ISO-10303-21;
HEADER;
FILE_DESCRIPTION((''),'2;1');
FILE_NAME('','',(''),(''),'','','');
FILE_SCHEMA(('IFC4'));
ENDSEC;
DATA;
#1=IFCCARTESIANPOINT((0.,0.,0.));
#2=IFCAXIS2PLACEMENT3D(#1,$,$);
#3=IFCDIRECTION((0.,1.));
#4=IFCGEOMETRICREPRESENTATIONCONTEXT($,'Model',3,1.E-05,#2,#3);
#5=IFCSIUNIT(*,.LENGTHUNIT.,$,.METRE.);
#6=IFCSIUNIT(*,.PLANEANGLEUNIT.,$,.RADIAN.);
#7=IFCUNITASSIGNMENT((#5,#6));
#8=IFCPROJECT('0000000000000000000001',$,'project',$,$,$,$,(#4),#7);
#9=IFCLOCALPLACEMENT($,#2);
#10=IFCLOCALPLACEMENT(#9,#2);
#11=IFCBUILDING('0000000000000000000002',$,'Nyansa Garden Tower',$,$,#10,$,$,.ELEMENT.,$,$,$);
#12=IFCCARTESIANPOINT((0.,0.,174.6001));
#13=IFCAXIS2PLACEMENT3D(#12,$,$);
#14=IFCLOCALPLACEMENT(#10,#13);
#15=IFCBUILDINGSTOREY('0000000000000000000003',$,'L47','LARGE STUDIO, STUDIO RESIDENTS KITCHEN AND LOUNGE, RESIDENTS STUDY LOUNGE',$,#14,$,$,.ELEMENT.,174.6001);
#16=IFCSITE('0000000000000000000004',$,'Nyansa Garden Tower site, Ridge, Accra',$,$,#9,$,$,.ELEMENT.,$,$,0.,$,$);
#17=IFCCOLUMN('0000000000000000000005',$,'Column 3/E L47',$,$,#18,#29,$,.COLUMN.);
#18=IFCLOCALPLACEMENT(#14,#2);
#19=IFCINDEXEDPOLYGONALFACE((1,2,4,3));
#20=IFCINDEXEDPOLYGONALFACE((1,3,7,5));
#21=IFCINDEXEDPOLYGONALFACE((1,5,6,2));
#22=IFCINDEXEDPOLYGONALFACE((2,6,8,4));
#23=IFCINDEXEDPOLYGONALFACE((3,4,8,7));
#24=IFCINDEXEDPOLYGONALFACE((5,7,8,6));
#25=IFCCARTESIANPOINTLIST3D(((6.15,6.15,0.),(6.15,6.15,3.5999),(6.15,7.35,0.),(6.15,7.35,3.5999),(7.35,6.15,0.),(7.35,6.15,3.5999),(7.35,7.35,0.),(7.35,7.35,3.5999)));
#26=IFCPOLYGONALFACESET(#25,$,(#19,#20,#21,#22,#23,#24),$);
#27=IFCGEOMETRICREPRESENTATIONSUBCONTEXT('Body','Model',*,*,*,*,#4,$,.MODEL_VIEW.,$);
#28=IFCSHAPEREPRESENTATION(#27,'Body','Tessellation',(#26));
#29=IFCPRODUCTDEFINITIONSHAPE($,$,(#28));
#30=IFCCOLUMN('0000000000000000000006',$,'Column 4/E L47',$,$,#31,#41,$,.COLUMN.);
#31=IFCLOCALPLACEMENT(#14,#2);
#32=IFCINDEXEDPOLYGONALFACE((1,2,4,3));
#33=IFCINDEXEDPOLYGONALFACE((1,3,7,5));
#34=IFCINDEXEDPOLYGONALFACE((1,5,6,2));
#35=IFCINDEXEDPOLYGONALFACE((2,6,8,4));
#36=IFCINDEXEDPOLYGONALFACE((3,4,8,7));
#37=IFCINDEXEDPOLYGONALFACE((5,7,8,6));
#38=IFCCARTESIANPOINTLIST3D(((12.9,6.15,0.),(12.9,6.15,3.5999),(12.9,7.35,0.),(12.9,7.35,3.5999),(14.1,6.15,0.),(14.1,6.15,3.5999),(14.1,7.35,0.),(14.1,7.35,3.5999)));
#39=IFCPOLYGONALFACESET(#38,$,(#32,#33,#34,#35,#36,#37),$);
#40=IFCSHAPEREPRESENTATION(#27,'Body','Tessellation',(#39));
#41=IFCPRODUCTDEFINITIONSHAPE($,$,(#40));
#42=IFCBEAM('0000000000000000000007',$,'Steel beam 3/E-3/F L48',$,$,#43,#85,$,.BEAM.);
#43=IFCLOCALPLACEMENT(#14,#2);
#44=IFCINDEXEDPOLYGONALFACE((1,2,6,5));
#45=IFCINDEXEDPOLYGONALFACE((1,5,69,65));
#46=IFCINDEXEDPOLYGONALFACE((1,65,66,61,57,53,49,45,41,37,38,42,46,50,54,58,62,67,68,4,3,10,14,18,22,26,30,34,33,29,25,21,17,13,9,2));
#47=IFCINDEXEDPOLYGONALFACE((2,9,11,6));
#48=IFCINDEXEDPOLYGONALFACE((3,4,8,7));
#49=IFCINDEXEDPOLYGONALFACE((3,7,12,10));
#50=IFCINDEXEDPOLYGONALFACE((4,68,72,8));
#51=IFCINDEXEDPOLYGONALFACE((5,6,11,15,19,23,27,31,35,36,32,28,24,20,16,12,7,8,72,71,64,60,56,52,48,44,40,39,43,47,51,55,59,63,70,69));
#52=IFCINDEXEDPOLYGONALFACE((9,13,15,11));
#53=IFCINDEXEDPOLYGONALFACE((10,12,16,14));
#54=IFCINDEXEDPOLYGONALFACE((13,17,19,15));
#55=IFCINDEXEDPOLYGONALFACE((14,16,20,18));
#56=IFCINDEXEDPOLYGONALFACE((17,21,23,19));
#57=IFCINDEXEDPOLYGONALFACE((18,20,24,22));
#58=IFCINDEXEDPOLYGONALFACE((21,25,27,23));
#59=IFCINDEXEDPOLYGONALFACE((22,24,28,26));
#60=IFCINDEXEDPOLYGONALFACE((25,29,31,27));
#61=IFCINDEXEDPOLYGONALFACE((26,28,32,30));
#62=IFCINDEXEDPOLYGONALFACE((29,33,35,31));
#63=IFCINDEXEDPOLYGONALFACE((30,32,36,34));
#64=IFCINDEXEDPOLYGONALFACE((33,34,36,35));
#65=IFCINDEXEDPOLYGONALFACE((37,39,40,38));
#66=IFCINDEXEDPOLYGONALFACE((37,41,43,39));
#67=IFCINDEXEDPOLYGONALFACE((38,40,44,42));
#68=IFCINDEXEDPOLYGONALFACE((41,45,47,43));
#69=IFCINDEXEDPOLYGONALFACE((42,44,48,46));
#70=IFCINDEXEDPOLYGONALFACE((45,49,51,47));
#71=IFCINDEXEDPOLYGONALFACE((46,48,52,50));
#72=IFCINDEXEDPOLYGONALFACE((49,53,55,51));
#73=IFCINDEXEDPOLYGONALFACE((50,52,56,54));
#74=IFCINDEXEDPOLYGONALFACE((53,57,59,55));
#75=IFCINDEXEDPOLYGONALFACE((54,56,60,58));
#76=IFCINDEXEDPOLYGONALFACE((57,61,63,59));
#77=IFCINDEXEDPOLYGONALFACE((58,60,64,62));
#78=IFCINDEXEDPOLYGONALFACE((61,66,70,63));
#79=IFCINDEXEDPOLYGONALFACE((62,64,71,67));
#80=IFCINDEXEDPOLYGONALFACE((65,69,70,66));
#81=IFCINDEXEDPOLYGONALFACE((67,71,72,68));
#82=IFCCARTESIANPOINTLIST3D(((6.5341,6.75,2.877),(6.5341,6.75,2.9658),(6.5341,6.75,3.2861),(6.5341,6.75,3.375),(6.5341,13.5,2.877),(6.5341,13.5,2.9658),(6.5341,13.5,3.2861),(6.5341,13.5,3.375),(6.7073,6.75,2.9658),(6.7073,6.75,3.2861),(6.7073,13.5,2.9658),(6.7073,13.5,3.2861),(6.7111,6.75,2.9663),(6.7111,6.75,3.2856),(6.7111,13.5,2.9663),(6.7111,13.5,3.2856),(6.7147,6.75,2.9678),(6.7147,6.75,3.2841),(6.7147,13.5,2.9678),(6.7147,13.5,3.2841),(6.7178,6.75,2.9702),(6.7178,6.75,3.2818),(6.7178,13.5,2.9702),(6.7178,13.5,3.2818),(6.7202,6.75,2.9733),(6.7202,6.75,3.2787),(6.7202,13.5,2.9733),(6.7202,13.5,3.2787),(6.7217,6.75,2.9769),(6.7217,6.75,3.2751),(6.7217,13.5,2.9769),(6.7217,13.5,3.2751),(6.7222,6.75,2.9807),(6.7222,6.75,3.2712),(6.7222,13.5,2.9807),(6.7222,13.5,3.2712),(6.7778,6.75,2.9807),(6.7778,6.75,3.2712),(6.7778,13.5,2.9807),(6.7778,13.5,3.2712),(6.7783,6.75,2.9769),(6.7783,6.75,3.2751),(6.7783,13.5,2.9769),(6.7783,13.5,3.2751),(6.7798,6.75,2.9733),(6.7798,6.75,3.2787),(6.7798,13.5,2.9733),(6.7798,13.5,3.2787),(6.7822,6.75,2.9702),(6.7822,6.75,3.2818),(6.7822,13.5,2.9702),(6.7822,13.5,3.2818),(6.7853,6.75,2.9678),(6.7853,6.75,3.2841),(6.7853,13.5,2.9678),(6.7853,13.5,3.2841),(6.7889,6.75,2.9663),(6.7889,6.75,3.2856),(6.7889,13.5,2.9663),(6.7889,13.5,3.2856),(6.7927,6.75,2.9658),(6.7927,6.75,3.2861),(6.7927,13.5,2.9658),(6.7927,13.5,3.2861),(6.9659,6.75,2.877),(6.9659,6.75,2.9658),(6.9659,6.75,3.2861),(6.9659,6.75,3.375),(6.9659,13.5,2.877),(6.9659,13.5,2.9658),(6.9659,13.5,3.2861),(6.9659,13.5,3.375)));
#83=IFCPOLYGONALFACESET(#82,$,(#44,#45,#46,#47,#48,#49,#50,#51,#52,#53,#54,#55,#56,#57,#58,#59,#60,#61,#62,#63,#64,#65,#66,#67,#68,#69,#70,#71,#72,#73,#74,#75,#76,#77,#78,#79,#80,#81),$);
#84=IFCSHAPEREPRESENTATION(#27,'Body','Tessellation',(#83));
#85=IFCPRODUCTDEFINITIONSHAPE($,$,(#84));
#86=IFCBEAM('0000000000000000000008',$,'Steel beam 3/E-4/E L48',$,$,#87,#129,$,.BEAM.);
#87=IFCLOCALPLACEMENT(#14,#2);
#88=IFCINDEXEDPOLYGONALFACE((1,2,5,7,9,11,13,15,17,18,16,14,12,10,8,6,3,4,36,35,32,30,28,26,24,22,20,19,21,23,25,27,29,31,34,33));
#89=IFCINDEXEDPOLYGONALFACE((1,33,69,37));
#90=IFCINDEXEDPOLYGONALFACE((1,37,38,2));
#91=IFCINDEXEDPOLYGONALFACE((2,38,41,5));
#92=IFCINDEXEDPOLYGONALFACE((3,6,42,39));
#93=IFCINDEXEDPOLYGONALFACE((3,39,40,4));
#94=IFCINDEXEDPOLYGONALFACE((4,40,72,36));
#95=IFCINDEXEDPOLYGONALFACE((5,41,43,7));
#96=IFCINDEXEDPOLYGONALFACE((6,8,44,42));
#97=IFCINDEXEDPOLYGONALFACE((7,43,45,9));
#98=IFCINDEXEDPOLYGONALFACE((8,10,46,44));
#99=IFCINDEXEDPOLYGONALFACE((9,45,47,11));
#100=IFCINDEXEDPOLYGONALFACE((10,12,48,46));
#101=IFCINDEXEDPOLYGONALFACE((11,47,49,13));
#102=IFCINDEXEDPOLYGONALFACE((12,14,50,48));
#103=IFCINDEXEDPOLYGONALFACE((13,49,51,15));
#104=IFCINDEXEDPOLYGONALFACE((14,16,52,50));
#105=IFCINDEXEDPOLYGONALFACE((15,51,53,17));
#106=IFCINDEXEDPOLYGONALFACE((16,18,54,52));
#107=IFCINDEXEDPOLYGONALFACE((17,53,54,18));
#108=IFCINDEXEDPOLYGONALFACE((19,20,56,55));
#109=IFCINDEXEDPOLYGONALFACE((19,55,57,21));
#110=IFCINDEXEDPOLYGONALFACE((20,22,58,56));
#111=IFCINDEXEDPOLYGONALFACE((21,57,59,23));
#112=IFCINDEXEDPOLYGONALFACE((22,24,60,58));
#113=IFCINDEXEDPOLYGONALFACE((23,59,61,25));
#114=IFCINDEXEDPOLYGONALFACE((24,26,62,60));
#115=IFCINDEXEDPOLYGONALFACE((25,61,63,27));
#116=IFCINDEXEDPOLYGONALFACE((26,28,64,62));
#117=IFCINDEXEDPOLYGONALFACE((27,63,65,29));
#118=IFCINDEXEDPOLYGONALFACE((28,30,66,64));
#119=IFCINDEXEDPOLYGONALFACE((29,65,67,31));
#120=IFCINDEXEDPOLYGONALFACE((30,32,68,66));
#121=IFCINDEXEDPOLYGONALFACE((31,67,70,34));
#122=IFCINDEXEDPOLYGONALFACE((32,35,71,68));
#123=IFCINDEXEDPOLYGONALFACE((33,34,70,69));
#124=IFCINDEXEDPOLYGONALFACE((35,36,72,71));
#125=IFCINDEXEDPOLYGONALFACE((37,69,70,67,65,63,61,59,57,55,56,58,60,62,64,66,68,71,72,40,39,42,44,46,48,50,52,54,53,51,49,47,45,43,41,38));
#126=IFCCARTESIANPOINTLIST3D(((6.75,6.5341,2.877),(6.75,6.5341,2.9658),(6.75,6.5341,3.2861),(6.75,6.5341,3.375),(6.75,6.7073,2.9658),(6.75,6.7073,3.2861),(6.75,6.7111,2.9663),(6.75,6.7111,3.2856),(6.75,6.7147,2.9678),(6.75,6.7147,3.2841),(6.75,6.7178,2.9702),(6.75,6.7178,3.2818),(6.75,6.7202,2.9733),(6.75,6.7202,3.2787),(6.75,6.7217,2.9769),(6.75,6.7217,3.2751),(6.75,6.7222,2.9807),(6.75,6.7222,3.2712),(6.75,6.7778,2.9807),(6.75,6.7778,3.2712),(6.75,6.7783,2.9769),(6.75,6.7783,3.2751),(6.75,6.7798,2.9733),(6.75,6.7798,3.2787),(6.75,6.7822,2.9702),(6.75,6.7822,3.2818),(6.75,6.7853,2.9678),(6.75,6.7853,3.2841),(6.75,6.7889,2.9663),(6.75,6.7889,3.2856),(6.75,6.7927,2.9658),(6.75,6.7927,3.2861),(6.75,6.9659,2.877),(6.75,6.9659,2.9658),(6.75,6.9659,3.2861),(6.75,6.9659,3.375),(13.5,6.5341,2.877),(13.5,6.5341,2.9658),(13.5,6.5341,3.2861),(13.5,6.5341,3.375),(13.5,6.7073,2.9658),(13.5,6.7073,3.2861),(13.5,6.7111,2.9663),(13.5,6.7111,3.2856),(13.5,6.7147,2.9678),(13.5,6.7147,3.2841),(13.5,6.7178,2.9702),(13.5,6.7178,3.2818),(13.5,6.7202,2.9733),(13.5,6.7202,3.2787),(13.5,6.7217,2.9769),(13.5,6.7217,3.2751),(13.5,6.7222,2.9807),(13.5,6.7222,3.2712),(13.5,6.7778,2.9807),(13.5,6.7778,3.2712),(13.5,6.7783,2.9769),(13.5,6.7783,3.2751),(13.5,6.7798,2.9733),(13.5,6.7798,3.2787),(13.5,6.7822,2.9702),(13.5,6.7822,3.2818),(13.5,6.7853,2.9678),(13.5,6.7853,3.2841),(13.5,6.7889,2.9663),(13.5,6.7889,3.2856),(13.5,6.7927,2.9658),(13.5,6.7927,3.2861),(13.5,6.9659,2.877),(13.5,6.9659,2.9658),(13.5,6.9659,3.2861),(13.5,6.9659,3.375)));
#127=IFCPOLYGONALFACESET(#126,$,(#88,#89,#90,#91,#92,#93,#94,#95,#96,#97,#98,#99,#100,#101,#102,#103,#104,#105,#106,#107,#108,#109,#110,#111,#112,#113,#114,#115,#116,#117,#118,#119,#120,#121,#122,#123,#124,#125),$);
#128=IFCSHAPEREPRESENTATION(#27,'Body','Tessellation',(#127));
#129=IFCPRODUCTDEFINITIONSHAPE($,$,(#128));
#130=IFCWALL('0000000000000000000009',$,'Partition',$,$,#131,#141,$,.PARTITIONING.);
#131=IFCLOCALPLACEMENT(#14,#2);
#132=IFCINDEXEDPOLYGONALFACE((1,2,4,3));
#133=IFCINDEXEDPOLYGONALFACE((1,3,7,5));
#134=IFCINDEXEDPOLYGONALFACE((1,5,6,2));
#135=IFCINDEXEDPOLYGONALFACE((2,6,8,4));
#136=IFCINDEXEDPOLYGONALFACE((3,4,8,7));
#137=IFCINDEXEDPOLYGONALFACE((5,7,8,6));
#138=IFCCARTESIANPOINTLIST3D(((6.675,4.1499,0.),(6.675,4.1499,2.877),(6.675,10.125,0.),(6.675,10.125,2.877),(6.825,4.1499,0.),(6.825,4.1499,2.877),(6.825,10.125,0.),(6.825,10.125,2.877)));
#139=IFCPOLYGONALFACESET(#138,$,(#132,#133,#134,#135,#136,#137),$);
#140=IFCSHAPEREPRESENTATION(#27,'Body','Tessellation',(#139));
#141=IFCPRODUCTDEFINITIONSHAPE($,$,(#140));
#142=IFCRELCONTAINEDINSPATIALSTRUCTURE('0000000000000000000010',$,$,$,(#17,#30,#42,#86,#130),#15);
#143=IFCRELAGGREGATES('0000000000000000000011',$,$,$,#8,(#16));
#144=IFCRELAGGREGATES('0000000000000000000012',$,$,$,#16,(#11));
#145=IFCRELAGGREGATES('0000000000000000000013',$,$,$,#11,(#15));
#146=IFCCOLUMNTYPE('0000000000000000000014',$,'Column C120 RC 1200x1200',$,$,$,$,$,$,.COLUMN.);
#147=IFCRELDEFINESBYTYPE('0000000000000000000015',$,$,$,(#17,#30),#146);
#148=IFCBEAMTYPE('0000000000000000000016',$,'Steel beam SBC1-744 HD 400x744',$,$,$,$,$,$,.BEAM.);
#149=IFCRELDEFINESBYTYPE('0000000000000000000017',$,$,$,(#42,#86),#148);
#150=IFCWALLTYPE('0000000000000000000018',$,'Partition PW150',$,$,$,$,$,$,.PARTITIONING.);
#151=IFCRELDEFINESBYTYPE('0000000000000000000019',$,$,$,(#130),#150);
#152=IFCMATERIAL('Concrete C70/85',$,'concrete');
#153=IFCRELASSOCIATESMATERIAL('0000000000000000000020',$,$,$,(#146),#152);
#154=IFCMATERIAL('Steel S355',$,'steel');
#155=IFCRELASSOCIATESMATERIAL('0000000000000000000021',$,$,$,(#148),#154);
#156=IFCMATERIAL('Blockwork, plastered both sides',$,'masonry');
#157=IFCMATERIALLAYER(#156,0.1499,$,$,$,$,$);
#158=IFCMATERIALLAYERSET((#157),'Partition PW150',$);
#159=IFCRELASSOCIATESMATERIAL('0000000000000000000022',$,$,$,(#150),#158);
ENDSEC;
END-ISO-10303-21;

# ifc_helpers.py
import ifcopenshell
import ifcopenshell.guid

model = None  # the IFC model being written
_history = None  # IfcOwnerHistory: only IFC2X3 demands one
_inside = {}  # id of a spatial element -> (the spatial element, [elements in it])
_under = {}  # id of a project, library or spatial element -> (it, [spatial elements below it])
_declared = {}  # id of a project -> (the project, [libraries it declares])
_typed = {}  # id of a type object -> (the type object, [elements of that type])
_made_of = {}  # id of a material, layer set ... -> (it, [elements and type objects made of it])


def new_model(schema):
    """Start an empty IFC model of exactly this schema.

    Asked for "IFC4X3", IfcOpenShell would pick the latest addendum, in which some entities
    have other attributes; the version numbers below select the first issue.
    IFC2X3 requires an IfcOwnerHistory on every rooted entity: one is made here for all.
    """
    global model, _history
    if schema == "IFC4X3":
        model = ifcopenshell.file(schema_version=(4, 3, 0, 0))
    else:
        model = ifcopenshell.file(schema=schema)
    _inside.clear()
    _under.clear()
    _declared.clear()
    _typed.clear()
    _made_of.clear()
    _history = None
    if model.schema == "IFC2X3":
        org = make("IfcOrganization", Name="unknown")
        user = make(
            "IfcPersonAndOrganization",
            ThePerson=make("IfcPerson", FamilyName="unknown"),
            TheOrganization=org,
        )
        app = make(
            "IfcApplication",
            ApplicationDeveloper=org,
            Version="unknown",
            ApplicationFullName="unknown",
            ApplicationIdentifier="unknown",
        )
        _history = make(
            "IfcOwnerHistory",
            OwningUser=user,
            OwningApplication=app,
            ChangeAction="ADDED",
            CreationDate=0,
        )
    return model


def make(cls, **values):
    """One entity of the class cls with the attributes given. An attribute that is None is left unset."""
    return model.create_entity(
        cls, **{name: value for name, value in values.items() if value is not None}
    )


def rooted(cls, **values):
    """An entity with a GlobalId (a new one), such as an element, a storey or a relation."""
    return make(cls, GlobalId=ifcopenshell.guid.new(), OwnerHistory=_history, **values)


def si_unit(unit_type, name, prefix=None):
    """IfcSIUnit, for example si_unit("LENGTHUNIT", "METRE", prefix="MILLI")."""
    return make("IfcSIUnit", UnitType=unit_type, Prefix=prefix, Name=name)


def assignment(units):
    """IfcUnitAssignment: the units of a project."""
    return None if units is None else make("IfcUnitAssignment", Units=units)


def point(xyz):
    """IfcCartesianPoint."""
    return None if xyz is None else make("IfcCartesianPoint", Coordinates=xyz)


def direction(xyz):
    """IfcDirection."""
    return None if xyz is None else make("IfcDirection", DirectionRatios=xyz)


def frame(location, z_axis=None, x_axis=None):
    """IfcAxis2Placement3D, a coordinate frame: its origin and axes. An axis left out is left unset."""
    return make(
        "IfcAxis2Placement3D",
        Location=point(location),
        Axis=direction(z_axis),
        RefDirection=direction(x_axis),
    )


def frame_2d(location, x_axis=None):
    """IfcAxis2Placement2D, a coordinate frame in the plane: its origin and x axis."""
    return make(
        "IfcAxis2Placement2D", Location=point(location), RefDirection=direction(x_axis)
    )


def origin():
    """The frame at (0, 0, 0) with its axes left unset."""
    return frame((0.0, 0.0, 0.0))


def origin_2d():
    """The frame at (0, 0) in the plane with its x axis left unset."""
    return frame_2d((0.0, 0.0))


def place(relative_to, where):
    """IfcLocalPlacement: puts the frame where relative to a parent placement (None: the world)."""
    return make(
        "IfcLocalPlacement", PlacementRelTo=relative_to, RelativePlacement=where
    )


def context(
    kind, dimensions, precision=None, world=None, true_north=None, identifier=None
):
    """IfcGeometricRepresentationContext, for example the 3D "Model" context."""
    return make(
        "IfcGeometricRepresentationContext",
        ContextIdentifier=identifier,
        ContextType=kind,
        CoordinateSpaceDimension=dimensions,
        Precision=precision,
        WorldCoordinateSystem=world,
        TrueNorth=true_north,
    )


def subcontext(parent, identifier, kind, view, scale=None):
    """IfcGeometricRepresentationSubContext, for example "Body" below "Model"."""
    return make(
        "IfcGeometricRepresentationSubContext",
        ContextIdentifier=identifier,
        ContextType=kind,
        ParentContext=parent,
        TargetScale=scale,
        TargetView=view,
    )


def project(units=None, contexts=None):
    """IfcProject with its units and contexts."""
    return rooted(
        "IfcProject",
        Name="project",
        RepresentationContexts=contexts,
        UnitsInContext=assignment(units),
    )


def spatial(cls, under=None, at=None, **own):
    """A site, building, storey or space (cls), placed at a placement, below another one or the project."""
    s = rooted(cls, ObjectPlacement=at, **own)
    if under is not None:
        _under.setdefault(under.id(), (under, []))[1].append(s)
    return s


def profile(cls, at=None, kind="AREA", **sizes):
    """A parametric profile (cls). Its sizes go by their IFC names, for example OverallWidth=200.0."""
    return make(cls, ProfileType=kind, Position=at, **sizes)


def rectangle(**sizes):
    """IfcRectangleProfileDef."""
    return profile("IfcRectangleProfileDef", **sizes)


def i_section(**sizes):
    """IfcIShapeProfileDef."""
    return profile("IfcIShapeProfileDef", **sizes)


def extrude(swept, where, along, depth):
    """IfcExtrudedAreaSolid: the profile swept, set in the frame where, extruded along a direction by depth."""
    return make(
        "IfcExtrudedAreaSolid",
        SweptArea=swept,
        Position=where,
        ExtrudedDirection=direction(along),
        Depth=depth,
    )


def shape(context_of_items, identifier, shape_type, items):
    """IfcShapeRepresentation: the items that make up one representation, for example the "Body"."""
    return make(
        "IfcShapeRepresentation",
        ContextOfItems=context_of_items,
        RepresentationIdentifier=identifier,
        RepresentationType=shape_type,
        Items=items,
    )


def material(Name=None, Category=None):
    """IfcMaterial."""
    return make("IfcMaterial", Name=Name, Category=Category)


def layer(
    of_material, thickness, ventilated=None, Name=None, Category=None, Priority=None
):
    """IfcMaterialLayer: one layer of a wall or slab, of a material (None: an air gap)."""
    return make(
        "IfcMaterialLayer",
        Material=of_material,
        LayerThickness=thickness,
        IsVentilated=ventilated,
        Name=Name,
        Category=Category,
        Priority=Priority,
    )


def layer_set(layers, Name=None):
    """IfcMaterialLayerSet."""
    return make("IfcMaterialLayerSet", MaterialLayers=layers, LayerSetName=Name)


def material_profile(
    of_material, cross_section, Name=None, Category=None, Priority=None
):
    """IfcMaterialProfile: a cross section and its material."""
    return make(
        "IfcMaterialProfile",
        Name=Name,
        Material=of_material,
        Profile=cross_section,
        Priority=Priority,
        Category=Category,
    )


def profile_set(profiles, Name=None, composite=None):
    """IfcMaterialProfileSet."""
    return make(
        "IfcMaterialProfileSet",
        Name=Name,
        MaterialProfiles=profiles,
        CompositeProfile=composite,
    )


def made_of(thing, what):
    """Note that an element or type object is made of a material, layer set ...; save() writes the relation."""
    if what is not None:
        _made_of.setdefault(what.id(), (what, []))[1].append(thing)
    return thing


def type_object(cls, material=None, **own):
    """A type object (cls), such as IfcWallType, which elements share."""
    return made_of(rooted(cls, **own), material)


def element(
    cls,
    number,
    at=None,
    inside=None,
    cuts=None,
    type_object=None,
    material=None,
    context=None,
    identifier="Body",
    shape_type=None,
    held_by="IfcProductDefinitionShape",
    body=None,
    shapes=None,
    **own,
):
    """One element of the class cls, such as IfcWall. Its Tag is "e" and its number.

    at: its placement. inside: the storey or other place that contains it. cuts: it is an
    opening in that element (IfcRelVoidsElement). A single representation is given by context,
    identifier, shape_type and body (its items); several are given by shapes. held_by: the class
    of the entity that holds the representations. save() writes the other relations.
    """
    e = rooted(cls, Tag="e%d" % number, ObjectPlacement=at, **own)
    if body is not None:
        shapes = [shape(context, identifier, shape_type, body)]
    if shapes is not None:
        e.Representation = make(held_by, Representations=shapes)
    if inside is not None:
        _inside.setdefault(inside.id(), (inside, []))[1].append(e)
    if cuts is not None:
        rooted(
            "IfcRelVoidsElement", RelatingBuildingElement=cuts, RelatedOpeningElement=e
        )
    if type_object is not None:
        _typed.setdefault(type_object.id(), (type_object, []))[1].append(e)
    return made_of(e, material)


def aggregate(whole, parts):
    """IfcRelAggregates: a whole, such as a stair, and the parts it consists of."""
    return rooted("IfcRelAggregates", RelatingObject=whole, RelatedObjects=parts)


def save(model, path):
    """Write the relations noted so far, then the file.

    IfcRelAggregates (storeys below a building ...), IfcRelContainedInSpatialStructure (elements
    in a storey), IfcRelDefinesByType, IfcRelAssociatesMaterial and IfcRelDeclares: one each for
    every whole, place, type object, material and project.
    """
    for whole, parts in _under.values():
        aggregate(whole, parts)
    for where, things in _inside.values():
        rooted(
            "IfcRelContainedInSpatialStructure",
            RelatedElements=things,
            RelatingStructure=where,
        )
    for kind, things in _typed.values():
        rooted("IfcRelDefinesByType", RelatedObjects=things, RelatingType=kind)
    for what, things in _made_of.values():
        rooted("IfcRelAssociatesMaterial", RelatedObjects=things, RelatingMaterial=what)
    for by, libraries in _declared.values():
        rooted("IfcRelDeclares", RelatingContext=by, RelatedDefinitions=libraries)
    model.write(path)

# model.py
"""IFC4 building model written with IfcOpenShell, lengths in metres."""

from ifc_helpers import new_model, si_unit, direction, frame, frame_2d, origin, origin_2d, place, context, subcontext, project, spatial, rectangle, i_section, extrude, material, layer, layer_set, material_profile, profile_set, type_object, element, save


model = new_model("IFC4")

# Units and contexts
model_context = context("Model", 3, precision=1e-05, world=origin(), true_north=direction((0.0, 1.0)))
body_context = subcontext(model_context, "Body", "Model", "MODEL_VIEW")
ifc_project = project(units=[si_unit("LENGTHUNIT", "METRE"), si_unit("PLANEANGLEUNIT", "RADIAN")], contexts=[model_context])

# Site, building, storey
site_placement = place(None, origin())
site = spatial("IfcSite", under=ifc_project, at=site_placement, Name="Nyansa Garden Tower site, Ridge, Accra", CompositionType="ELEMENT", RefElevation=0.0)
building_placement = place(site_placement, origin())
building = spatial("IfcBuilding", under=site, at=building_placement, Name="Nyansa Garden Tower", CompositionType="ELEMENT")
storey_placement = place(building_placement, frame((0.0, 0.0, 174.6001)))
storey = spatial("IfcBuildingStorey", under=building, at=storey_placement, Name="L47", Description="LARGE STUDIO, STUDIO RESIDENTS KITCHEN AND LOUNGE, RESIDENTS STUDY LOUNGE", CompositionType="ELEMENT", Elevation=174.6001)

# Columns
ifc_material_1 = material(Name="Concrete C70/85", Category="concrete")
ifc_material_profile_1 = material_profile(ifc_material_1, rectangle(XDim=1.2, YDim=1.2, at=origin_2d()), Name="RC 1200x1200")
ifc_profile_set_1 = profile_set([ifc_material_profile_1], Name="Concrete C70/85")
column_type = type_object("IfcColumnType", Name="Column C120 RC 1200x1200", PredefinedType="COLUMN", material=ifc_profile_set_1)
for number, where, z_axis, x_axis, name in (
    (1, (6.75, 6.75, 0.0), (0.0, 0.0, 1.0), (1.0, 0.0, 0.0), "Column 3/E L47"),
    (2, (13.5, 6.75, 0.0), (0.0, 0.0, 1.0), (1.0, 0.0, 0.0), "Column 4/E L47"),
):
    element("IfcColumn", number, at=place(storey_placement, frame(where, z_axis=z_axis, x_axis=x_axis)), inside=storey, type_object=column_type, Name=name, PredefinedType="COLUMN", context=body_context, shape_type="SweptSolid", body=[
        extrude(rectangle(XDim=1.2, YDim=1.2, at=origin_2d()), origin(), (0.0, 0.0, 1.0), 3.5999),
    ])

# Beams
ifc_material_2 = material(Name="Steel S355", Category="steel")
ifc_material_profile_2 = material_profile(ifc_material_2, i_section(OverallWidth=0.4319, OverallDepth=0.498, WebThickness=0.0557, FlangeThickness=0.0889, FilletRadius=0.0149, at=origin_2d()), Name="HD 400x744")
ifc_profile_set_2 = profile_set([ifc_material_profile_2], Name="Steel S355")
beam_type = type_object("IfcBeamType", Name="Steel beam SBC1-744 HD 400x744", PredefinedType="BEAM", material=ifc_profile_set_2)
for number, where, z_axis, x_axis, name in (
    (3, (6.75, 6.75, 3.126), (0.0, 1.0, 0.0), (-1.0, 0.0, 0.0), "Steel beam 3/E-3/F L48"),
    (4, (6.75, 6.75, 3.126), (1.0, 0.0, 0.0), (0.0, 1.0, 0.0), "Steel beam 3/E-4/E L48"),
):
    element("IfcBeam", number, at=place(storey_placement, frame(where, z_axis=z_axis, x_axis=x_axis)), inside=storey, type_object=beam_type, Name=name, PredefinedType="BEAM", context=body_context, shape_type="SweptSolid", body=[
        extrude(i_section(OverallWidth=0.4319, OverallDepth=0.498, WebThickness=0.0557, FlangeThickness=0.0889, FilletRadius=0.0149, at=origin_2d()), origin(), (0.0, 0.0, 1.0), 6.75),
    ])

# Wall
ifc_material_3 = material(Name="Blockwork, plastered both sides", Category="masonry")
ifc_layer_1 = layer(ifc_material_3, 0.1499)
ifc_layer_set_1 = layer_set([ifc_layer_1], Name="Partition PW150")
wall_type_1 = type_object("IfcWallType", Name="Partition PW150", PredefinedType="PARTITIONING", material=ifc_layer_set_1)
wall_1_placement = place(storey_placement, frame((6.75, 4.1499, 0.0), z_axis=(0.0, 0.0, 1.0), x_axis=(0.0, 1.0, 0.0)))
element("IfcWall", 5, at=wall_1_placement, inside=storey, type_object=wall_type_1, Name="Partition", PredefinedType="PARTITIONING", context=body_context, shape_type="SweptSolid", body=[
    extrude(rectangle(XDim=5.9751, YDim=0.1499, at=frame_2d((2.9875, 0.0))), origin(), (0.0, 0.0, 1.0), 2.877),
])

save(model, "model.ifc")
